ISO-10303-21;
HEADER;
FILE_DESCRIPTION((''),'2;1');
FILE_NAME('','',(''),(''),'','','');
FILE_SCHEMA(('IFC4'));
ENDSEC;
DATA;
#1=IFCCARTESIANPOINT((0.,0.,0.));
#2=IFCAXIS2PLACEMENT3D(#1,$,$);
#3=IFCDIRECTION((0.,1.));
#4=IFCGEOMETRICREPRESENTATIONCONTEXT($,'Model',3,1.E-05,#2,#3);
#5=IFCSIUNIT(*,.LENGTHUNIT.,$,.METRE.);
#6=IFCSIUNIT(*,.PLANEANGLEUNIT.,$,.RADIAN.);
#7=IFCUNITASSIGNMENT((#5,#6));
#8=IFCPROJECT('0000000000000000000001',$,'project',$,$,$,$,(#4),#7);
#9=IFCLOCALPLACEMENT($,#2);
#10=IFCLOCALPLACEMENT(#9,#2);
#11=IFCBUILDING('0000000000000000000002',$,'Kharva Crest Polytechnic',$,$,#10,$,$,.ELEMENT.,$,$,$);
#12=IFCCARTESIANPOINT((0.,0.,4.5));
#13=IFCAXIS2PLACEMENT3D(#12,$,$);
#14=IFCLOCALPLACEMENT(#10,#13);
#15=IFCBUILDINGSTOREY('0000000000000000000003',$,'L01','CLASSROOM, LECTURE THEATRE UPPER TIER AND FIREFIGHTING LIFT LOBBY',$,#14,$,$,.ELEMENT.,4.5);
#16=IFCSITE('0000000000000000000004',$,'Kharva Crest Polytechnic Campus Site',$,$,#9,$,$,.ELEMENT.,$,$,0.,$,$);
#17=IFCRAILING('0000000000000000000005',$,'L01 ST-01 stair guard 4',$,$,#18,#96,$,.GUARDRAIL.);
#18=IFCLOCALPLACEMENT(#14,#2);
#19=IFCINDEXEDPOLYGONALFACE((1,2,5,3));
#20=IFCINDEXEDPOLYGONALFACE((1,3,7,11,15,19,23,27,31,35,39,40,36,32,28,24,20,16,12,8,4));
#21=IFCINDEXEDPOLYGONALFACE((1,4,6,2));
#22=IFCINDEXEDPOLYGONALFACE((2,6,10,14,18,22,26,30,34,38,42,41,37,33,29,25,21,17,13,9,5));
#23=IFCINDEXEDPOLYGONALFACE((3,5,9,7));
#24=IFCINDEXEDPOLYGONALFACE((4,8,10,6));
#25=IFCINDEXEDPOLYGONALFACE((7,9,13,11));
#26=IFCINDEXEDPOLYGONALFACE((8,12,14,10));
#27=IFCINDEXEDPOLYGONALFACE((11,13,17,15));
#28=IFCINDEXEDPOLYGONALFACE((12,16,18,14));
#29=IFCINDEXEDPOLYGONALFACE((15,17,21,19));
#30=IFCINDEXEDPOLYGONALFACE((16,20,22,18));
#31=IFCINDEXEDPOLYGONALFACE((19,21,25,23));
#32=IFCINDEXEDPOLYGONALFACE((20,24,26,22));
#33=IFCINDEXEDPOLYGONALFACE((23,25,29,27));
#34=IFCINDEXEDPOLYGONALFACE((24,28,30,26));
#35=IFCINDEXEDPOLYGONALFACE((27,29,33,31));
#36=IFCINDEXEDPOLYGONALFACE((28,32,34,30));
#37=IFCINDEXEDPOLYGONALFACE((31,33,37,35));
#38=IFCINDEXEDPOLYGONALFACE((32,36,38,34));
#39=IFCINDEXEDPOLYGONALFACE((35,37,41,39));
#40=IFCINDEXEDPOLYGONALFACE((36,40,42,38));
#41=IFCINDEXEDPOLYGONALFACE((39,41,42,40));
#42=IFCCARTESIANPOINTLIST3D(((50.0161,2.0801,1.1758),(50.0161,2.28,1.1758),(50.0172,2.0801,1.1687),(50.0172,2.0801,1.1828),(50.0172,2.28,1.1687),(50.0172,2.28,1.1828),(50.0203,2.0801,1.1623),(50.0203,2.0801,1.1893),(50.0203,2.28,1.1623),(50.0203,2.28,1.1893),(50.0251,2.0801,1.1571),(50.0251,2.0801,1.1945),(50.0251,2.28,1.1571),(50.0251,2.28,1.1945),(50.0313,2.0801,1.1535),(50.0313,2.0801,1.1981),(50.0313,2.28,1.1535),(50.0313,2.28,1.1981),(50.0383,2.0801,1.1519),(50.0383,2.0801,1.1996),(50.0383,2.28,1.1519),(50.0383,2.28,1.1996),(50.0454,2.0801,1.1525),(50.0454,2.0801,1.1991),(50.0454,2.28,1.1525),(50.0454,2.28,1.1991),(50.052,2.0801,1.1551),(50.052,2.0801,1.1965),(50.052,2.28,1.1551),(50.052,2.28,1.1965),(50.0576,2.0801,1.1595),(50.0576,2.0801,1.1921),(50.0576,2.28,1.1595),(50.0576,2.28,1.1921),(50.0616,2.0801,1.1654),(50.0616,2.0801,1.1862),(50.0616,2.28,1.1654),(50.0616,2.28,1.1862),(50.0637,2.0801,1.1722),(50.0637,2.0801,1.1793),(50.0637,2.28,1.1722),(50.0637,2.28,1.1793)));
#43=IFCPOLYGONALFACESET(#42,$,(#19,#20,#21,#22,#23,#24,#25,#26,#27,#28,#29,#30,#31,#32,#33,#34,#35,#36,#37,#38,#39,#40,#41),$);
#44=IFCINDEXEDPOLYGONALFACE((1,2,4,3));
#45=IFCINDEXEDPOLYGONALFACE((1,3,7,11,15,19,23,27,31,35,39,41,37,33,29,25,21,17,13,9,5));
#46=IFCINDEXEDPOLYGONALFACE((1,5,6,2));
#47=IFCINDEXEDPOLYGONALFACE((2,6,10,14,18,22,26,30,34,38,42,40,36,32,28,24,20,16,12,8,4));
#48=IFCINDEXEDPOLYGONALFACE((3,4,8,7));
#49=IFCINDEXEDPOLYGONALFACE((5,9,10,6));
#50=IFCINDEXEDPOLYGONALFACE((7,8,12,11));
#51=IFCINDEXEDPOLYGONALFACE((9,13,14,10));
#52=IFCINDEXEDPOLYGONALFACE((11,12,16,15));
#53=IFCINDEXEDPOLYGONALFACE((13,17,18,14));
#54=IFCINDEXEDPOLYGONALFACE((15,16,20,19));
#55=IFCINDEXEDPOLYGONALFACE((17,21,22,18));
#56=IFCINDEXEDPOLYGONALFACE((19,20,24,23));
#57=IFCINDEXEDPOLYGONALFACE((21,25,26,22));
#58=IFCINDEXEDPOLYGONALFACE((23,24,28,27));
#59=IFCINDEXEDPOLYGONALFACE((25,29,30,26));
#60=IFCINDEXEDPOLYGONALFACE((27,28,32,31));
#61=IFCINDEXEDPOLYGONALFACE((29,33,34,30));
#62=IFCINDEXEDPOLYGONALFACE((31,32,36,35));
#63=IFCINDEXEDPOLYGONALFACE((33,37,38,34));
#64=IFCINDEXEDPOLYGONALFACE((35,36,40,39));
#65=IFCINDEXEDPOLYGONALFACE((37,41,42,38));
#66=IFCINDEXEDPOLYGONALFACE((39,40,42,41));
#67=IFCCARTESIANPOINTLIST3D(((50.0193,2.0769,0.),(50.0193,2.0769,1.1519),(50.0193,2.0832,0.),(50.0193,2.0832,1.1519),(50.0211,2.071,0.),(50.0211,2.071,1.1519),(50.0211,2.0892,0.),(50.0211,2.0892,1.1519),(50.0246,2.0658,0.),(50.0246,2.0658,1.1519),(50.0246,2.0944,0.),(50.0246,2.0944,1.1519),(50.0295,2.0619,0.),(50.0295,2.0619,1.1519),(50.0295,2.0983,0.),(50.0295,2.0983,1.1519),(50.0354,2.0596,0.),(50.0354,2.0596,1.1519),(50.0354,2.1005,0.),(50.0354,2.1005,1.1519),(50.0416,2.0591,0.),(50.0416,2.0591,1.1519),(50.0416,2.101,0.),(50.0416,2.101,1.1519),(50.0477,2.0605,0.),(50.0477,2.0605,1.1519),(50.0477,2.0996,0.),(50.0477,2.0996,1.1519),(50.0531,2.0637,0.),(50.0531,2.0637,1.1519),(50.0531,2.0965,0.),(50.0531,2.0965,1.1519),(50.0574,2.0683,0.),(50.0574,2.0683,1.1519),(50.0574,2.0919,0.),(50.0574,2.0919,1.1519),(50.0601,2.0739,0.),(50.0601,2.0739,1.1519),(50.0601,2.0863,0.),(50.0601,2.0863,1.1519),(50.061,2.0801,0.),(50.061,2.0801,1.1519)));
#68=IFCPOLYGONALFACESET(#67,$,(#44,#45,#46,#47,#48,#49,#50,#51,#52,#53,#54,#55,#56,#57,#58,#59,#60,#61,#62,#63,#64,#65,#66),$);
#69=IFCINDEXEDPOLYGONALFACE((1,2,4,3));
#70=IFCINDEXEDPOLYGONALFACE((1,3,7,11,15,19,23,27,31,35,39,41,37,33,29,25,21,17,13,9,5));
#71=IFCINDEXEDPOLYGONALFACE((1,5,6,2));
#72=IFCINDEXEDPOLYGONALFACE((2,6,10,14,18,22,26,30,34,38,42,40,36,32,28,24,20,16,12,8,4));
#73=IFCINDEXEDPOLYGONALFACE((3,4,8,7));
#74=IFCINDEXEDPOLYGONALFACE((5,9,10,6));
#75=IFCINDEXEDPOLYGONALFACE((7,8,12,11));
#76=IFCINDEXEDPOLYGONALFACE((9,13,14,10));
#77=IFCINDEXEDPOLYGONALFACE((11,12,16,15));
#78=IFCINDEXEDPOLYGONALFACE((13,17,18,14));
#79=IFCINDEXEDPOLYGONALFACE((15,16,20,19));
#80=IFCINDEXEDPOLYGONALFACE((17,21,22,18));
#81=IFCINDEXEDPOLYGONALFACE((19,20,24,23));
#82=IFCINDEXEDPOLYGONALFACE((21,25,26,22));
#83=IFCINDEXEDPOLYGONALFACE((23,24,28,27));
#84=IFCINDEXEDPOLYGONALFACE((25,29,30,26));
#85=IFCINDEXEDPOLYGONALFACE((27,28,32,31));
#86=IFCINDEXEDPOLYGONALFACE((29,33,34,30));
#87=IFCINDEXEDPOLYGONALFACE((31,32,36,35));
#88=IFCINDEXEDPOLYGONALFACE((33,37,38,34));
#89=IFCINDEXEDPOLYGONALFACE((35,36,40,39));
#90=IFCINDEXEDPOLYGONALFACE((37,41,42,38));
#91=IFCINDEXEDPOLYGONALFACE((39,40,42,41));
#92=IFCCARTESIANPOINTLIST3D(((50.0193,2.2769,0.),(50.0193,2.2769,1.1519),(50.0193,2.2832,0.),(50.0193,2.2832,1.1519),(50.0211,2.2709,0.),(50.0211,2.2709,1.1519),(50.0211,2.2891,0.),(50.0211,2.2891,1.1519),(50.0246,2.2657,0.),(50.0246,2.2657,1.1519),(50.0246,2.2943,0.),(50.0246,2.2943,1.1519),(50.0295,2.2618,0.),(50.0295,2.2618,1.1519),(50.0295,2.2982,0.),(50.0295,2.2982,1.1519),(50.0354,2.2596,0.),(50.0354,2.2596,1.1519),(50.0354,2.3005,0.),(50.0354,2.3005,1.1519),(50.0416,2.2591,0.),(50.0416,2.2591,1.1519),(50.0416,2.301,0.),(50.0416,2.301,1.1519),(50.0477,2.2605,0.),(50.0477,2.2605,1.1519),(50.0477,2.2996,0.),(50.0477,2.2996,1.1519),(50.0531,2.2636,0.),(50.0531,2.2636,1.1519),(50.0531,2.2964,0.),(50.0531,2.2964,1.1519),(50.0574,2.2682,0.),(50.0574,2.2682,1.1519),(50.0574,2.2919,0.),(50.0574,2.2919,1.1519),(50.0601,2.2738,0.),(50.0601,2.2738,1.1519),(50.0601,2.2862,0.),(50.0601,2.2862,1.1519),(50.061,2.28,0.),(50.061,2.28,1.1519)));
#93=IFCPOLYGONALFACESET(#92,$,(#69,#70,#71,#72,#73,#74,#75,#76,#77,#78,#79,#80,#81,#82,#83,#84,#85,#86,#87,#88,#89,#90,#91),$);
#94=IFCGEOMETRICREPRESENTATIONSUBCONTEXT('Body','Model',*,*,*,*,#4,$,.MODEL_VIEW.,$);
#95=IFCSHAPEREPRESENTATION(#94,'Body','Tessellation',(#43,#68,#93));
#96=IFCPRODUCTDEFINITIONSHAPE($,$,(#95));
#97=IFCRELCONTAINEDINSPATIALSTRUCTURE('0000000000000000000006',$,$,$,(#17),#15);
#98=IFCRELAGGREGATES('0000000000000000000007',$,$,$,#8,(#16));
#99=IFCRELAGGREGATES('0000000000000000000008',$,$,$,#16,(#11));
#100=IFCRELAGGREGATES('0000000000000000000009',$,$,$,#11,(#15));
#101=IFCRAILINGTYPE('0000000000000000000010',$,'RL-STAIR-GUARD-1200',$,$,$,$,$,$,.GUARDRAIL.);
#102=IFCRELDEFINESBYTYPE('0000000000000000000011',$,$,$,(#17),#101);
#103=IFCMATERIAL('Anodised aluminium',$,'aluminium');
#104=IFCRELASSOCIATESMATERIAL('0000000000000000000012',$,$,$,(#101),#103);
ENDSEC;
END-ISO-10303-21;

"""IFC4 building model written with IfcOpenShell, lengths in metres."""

from ifc_helpers import new_model, si_unit, direction, frame, origin, origin_2d, place, context, subcontext, project, spatial, circle, extrude, material, type_object, element, save


model = new_model("IFC4")

# Units and contexts
model_context = context("Model", 3, precision=1e-05, world=origin(), true_north=direction((0.0, 1.0)))
body_context = subcontext(model_context, "Body", "Model", "MODEL_VIEW")
ifc_project = project(units=[si_unit("LENGTHUNIT", "METRE"), si_unit("PLANEANGLEUNIT", "RADIAN")], contexts=[model_context])

# Site, building, storey
site_placement = place(None, origin())
site = spatial("IfcSite", under=ifc_project, at=site_placement, Name="Kharva Crest Polytechnic Campus Site", CompositionType="ELEMENT", RefElevation=0.0)
building_placement = place(site_placement, origin())
building = spatial("IfcBuilding", under=site, at=building_placement, Name="Kharva Crest Polytechnic", CompositionType="ELEMENT")
storey_placement = place(building_placement, frame((0.0, 0.0, 4.5)))
storey = spatial("IfcBuildingStorey", under=building, at=storey_placement, Name="L01", Description="CLASSROOM, LECTURE THEATRE UPPER TIER AND FIREFIGHTING LIFT LOBBY", CompositionType="ELEMENT", Elevation=4.5)

# Railing
ifc_material_1 = material(Name="Anodised aluminium", Category="aluminium")
railing_type_1 = type_object("IfcRailingType", Name="RL-STAIR-GUARD-1200", PredefinedType="GUARDRAIL", material=ifc_material_1)
railing_1_placement = place(storey_placement, frame((50.04, 2.0801, 0.0)))
element("IfcRailing", 1, at=railing_1_placement, inside=storey, type_object=railing_type_1, Name="L01 ST-01 stair guard 4", PredefinedType="GUARDRAIL", context=body_context, shape_type="SweptSolid", body=[
    extrude(circle(Radius=0.0239, at=origin_2d()), frame((0.0, 0.0, 1.1758), z_axis=(0.0, 1.0, 0.0), x_axis=(-1.0, 0.0, 0.0)), (0.0, 0.0, 1.0), 0.2),
    extrude(circle(Radius=0.021, at=origin_2d()), origin(), (0.0, 0.0, 1.0), 1.1519),
    extrude(circle(Radius=0.021, at=origin_2d()), frame((0.0, 0.2, 0.0)), (0.0, 0.0, 1.0), 1.1519),
])

save(model, "model.ifc")
